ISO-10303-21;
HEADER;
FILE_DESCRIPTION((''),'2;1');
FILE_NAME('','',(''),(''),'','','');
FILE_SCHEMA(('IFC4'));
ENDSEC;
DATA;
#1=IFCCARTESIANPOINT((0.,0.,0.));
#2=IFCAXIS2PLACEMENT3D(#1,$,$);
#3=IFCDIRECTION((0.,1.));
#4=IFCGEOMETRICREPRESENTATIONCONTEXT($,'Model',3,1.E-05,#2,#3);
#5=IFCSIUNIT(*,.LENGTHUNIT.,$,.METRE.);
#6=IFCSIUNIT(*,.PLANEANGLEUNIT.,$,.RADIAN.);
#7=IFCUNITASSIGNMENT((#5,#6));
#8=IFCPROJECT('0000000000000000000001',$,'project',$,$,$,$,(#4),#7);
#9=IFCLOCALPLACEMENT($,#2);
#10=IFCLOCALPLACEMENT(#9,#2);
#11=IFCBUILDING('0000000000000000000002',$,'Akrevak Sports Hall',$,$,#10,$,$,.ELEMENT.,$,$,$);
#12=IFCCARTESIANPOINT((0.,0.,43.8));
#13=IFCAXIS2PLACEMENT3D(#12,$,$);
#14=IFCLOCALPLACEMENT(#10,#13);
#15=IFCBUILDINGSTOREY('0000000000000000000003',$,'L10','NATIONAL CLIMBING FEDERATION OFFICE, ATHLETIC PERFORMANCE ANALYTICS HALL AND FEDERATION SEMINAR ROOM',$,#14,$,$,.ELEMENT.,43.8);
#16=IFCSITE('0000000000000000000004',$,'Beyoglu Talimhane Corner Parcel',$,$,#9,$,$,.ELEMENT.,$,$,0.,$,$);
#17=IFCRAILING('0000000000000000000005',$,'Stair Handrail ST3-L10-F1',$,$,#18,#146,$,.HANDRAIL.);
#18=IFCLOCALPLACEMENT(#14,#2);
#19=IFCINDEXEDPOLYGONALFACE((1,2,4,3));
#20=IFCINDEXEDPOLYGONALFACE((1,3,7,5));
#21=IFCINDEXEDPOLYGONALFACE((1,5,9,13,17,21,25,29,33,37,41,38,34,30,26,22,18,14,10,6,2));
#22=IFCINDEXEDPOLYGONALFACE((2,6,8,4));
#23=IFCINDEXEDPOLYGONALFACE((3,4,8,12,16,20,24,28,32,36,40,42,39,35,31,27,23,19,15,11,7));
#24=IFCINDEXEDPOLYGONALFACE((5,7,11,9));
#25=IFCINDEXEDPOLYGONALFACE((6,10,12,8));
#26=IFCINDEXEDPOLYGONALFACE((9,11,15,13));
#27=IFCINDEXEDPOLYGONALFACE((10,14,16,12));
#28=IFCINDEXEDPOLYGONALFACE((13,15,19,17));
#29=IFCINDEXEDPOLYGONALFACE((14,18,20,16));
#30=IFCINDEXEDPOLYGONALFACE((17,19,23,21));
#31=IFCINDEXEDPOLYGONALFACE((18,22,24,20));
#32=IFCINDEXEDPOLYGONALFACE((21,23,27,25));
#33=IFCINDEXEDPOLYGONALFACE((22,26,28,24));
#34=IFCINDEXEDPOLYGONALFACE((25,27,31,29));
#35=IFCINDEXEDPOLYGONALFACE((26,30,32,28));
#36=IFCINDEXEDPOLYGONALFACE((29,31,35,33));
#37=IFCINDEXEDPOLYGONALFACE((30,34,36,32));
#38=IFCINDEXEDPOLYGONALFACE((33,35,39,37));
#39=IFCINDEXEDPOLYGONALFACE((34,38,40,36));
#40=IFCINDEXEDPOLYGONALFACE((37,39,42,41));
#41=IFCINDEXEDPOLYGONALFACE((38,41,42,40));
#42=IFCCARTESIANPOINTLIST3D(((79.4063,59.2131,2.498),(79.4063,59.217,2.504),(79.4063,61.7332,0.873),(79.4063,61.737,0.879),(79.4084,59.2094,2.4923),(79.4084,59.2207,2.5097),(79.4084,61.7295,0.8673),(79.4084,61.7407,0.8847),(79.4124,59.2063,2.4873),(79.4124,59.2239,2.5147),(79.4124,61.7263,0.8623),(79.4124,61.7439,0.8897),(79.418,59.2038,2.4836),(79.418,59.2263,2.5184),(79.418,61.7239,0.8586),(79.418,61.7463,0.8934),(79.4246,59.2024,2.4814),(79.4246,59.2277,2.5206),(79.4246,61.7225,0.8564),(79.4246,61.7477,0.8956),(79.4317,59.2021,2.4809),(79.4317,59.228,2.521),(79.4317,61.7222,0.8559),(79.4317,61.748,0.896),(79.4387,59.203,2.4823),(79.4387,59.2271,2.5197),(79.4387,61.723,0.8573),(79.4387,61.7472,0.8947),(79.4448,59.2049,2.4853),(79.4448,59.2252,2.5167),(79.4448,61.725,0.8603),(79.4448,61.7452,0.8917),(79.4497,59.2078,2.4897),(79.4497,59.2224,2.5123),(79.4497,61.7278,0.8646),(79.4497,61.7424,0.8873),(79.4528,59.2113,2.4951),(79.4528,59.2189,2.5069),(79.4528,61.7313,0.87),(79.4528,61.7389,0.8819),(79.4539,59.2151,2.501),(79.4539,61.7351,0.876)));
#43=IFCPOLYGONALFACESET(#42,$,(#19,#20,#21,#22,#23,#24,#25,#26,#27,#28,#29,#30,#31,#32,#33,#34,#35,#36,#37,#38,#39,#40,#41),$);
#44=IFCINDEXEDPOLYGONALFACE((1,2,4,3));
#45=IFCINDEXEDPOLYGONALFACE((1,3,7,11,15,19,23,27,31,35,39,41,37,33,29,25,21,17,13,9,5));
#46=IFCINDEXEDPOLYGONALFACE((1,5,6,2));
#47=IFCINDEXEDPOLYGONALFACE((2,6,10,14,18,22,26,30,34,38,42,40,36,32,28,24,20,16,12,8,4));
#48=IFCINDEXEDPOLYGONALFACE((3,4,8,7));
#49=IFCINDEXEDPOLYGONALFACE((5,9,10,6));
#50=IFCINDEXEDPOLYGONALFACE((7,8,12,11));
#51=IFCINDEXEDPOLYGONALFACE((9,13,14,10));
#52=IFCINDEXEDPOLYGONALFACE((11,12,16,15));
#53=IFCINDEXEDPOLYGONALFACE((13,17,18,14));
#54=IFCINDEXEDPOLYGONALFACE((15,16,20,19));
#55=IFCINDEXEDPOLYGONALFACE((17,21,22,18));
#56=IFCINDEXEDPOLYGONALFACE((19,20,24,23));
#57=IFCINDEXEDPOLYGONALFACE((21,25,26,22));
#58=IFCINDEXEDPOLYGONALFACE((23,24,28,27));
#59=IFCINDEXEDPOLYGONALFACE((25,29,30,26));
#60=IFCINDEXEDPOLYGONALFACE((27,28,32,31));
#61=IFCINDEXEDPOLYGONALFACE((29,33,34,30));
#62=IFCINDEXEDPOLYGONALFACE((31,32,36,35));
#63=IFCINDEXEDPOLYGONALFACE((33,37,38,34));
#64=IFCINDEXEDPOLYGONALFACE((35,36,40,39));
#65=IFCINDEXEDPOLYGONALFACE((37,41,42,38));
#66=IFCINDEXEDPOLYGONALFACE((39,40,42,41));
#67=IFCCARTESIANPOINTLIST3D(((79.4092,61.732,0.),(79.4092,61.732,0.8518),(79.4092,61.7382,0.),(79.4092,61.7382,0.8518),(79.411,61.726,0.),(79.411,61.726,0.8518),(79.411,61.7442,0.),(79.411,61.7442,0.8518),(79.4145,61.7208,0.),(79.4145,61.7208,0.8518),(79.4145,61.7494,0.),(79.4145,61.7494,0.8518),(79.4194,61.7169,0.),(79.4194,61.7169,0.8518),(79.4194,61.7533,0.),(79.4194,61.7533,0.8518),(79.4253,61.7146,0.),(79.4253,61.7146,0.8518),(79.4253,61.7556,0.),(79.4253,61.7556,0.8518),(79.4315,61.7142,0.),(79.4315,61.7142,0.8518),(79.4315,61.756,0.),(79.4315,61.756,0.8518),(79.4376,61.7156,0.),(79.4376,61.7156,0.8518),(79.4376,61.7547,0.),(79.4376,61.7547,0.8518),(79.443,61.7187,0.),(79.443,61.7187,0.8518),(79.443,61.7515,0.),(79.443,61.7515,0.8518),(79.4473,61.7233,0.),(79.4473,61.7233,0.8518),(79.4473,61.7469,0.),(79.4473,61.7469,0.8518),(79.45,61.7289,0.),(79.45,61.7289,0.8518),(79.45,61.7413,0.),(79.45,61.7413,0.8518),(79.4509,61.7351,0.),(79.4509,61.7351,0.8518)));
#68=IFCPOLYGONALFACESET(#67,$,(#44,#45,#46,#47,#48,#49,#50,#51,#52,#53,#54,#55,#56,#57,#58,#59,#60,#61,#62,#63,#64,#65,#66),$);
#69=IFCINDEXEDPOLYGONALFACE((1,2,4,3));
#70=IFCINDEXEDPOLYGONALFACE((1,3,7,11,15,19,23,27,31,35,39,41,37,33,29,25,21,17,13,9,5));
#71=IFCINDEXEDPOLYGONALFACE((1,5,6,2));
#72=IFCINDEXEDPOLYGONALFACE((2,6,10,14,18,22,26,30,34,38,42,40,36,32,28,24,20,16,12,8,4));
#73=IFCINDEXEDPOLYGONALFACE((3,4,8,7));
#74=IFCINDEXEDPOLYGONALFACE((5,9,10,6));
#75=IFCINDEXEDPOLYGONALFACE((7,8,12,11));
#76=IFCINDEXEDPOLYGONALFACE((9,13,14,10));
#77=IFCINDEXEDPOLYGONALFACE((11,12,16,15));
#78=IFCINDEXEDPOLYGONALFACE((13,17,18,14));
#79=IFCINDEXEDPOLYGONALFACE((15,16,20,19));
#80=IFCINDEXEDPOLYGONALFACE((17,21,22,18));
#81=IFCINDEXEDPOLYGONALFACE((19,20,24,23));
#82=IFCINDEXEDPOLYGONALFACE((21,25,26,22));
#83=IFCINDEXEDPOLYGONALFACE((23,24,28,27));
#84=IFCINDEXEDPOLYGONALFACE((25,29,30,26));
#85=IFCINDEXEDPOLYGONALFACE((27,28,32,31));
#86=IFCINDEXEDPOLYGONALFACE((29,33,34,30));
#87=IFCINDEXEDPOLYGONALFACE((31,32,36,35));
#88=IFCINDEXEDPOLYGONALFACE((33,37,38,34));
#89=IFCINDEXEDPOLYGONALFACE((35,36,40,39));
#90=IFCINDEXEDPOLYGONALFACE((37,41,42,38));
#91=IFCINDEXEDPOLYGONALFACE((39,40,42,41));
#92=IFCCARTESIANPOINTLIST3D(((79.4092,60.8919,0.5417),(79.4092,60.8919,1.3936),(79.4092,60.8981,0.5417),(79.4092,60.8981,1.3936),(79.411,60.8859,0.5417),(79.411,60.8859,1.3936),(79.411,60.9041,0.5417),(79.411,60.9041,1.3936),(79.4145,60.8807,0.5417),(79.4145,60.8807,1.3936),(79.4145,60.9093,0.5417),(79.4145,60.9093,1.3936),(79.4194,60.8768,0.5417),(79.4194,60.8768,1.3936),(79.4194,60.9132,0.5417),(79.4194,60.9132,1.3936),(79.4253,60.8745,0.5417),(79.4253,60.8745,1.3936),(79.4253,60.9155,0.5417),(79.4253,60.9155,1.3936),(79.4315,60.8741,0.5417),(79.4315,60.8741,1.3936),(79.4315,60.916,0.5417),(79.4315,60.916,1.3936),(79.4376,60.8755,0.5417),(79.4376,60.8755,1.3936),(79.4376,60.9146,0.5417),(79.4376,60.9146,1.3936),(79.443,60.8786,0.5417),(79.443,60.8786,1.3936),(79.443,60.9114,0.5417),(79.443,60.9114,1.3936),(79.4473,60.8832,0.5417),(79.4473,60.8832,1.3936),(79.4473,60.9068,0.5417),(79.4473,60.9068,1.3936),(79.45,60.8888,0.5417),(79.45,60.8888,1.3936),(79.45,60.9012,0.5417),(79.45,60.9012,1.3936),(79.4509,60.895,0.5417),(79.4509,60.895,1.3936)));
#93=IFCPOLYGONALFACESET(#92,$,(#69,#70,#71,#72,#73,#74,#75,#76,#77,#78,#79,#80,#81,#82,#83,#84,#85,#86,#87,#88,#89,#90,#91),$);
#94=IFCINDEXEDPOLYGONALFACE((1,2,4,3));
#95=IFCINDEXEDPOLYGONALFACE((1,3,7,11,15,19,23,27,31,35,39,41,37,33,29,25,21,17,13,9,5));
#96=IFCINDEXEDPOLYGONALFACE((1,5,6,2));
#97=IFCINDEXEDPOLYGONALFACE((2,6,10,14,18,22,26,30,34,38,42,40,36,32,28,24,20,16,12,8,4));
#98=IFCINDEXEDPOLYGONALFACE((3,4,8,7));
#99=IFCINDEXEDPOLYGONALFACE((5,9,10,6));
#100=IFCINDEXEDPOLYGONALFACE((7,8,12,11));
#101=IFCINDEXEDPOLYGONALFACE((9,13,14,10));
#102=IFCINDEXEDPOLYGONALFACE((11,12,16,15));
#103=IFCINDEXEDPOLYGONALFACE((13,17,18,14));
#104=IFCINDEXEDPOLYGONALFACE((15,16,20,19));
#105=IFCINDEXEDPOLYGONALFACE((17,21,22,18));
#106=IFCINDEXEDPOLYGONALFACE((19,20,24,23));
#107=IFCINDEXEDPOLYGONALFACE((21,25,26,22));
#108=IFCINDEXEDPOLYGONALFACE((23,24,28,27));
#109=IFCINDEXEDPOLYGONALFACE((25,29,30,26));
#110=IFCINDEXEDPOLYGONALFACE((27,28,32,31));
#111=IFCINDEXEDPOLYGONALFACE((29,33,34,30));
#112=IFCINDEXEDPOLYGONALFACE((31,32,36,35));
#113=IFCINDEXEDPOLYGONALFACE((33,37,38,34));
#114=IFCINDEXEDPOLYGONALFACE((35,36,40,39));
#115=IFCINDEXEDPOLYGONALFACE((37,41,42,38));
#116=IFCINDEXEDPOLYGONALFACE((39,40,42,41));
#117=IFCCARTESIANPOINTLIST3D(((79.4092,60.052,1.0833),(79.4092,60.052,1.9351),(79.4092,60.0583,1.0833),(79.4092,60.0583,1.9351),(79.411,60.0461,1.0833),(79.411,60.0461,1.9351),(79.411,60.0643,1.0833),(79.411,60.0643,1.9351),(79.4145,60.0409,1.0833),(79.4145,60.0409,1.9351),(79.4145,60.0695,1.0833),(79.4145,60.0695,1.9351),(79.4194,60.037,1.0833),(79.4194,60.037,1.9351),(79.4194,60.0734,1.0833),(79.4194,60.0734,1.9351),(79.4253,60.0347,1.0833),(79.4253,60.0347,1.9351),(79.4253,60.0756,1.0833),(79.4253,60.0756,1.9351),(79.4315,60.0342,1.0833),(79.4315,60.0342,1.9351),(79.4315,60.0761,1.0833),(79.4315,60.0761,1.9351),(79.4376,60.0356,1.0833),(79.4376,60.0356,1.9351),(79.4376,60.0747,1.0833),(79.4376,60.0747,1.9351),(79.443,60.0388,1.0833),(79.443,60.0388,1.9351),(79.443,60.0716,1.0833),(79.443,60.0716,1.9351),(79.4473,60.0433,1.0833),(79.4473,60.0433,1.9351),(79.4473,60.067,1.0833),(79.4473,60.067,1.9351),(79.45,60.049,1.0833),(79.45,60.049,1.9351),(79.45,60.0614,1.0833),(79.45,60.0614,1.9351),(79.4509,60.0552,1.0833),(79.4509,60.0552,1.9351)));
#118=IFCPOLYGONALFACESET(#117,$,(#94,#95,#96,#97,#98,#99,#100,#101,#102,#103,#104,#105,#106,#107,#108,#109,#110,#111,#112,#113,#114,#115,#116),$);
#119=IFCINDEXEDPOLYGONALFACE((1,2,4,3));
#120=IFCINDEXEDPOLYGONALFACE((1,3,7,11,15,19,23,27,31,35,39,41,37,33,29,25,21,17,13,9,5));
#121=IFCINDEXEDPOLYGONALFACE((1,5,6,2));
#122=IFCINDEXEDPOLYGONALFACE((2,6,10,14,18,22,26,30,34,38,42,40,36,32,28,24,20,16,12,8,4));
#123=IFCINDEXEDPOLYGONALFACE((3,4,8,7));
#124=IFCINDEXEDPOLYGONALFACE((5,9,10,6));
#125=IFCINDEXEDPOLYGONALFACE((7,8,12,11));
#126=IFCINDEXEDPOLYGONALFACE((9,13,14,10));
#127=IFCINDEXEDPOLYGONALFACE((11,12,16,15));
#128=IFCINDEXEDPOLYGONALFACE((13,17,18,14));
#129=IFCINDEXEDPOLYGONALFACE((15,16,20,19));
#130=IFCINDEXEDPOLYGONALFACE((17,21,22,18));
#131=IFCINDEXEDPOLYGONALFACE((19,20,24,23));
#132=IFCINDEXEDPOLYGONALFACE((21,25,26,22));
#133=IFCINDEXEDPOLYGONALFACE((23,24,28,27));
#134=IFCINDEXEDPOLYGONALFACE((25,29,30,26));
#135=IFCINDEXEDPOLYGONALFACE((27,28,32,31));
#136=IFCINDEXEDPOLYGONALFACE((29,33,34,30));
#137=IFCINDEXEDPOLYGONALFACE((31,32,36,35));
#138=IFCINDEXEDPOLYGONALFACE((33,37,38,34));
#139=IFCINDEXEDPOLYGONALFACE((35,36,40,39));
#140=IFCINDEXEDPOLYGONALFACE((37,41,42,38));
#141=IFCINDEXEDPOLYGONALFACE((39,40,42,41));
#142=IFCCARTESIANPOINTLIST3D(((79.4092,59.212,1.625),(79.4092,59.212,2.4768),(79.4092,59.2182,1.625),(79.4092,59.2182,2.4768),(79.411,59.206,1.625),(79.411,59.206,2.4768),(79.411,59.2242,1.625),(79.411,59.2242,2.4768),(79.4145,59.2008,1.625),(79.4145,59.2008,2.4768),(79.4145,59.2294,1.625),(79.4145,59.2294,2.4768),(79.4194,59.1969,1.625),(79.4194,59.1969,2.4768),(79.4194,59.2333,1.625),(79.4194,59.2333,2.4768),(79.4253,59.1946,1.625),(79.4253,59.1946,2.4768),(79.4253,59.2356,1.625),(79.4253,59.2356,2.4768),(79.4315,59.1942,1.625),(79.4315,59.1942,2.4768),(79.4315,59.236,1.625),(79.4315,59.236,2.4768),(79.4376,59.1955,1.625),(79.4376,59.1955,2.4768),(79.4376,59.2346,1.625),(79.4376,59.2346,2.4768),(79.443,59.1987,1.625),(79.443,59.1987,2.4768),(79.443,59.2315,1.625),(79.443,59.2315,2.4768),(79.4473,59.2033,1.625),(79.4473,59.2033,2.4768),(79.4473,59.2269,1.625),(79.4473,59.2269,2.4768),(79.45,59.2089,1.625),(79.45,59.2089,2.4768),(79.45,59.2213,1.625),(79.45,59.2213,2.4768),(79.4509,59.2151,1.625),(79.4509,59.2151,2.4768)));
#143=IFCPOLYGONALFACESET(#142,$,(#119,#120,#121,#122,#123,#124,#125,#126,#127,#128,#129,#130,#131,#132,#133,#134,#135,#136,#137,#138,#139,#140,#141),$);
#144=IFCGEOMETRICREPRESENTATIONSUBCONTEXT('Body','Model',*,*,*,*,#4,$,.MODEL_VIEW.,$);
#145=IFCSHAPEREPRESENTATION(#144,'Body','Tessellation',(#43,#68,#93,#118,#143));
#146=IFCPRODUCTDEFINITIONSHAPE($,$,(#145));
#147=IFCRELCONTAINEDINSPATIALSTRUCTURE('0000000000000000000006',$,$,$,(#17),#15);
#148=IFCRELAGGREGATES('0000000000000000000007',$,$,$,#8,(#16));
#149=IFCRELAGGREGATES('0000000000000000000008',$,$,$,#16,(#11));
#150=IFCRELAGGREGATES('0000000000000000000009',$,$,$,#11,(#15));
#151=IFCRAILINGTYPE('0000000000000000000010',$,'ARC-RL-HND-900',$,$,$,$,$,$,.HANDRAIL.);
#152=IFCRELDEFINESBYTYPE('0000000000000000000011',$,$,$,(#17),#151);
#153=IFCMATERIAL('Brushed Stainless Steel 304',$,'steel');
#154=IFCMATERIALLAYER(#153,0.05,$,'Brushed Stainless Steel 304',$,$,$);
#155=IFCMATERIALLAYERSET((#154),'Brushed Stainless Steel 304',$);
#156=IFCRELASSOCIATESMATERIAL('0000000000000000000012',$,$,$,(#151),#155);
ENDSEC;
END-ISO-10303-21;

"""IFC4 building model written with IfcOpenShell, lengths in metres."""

from ifc_helpers import new_model, si_unit, direction, frame, origin, origin_2d, place, context, subcontext, project, spatial, circle, extrude, material, layer, layer_set, type_object, element, save


model = new_model("IFC4")

# Units and contexts
model_context = context("Model", 3, precision=1e-05, world=origin(), true_north=direction((0.0, 1.0)))
body_context = subcontext(model_context, "Body", "Model", "MODEL_VIEW")
ifc_project = project(units=[si_unit("LENGTHUNIT", "METRE"), si_unit("PLANEANGLEUNIT", "RADIAN")], contexts=[model_context])

# Site, building, storey
site_placement = place(None, origin())
site = spatial("IfcSite", under=ifc_project, at=site_placement, Name="Beyoglu Talimhane Corner Parcel", CompositionType="ELEMENT", RefElevation=0.0)
building_placement = place(site_placement, origin())
building = spatial("IfcBuilding", under=site, at=building_placement, Name="Akrevak Sports Hall", CompositionType="ELEMENT")
storey_placement = place(building_placement, frame((0.0, 0.0, 43.8)))
storey = spatial("IfcBuildingStorey", under=building, at=storey_placement, Name="L10", Description="NATIONAL CLIMBING FEDERATION OFFICE, ATHLETIC PERFORMANCE ANALYTICS HALL AND FEDERATION SEMINAR ROOM", CompositionType="ELEMENT", Elevation=43.8)

# Shared definitions
ifc_material_1 = material(Name="Brushed Stainless Steel 304", Category="steel")

# Railing
ifc_layer_1 = layer(ifc_material_1, 0.05, Name="Brushed Stainless Steel 304")
ifc_layer_set_1 = layer_set([ifc_layer_1], Name="Brushed Stainless Steel 304")
railing_type_1 = type_object("IfcRailingType", Name="ARC-RL-HND-900", PredefinedType="HANDRAIL", material=ifc_layer_set_1)
railing_1_placement = place(storey_placement, frame((79.4299, 61.7351, 0.0)))
element("IfcRailing", 1, at=railing_1_placement, inside=storey, type_object=railing_type_1, Name="Stair Handrail ST3-L10-F1", PredefinedType="HANDRAIL", context=body_context, shape_type="SweptSolid", body=[
    extrude(circle(Radius=0.0239, at=origin_2d()), frame((0.0, 0.0, 0.876), z_axis=(0.0, -0.840421, 0.541934), x_axis=(1.0, 0.0, 0.0)), (0.0, 0.0, 1.0), 2.9985),
    extrude(circle(Radius=0.021, at=origin_2d()), origin(), (0.0, 0.0, 1.0), 0.8518),
    extrude(circle(Radius=0.021, at=origin_2d()), frame((0.0, -0.8401, 0.5417)), (0.0, 0.0, 1.0), 0.8518),
    extrude(circle(Radius=0.021, at=origin_2d()), frame((0.0, -1.6799, 1.0833)), (0.0, 0.0, 1.0), 0.8518),
    extrude(circle(Radius=0.021, at=origin_2d()), frame((0.0, -2.52, 1.625)), (0.0, 0.0, 1.0), 0.8518),
])

save(model, "model.ifc")
